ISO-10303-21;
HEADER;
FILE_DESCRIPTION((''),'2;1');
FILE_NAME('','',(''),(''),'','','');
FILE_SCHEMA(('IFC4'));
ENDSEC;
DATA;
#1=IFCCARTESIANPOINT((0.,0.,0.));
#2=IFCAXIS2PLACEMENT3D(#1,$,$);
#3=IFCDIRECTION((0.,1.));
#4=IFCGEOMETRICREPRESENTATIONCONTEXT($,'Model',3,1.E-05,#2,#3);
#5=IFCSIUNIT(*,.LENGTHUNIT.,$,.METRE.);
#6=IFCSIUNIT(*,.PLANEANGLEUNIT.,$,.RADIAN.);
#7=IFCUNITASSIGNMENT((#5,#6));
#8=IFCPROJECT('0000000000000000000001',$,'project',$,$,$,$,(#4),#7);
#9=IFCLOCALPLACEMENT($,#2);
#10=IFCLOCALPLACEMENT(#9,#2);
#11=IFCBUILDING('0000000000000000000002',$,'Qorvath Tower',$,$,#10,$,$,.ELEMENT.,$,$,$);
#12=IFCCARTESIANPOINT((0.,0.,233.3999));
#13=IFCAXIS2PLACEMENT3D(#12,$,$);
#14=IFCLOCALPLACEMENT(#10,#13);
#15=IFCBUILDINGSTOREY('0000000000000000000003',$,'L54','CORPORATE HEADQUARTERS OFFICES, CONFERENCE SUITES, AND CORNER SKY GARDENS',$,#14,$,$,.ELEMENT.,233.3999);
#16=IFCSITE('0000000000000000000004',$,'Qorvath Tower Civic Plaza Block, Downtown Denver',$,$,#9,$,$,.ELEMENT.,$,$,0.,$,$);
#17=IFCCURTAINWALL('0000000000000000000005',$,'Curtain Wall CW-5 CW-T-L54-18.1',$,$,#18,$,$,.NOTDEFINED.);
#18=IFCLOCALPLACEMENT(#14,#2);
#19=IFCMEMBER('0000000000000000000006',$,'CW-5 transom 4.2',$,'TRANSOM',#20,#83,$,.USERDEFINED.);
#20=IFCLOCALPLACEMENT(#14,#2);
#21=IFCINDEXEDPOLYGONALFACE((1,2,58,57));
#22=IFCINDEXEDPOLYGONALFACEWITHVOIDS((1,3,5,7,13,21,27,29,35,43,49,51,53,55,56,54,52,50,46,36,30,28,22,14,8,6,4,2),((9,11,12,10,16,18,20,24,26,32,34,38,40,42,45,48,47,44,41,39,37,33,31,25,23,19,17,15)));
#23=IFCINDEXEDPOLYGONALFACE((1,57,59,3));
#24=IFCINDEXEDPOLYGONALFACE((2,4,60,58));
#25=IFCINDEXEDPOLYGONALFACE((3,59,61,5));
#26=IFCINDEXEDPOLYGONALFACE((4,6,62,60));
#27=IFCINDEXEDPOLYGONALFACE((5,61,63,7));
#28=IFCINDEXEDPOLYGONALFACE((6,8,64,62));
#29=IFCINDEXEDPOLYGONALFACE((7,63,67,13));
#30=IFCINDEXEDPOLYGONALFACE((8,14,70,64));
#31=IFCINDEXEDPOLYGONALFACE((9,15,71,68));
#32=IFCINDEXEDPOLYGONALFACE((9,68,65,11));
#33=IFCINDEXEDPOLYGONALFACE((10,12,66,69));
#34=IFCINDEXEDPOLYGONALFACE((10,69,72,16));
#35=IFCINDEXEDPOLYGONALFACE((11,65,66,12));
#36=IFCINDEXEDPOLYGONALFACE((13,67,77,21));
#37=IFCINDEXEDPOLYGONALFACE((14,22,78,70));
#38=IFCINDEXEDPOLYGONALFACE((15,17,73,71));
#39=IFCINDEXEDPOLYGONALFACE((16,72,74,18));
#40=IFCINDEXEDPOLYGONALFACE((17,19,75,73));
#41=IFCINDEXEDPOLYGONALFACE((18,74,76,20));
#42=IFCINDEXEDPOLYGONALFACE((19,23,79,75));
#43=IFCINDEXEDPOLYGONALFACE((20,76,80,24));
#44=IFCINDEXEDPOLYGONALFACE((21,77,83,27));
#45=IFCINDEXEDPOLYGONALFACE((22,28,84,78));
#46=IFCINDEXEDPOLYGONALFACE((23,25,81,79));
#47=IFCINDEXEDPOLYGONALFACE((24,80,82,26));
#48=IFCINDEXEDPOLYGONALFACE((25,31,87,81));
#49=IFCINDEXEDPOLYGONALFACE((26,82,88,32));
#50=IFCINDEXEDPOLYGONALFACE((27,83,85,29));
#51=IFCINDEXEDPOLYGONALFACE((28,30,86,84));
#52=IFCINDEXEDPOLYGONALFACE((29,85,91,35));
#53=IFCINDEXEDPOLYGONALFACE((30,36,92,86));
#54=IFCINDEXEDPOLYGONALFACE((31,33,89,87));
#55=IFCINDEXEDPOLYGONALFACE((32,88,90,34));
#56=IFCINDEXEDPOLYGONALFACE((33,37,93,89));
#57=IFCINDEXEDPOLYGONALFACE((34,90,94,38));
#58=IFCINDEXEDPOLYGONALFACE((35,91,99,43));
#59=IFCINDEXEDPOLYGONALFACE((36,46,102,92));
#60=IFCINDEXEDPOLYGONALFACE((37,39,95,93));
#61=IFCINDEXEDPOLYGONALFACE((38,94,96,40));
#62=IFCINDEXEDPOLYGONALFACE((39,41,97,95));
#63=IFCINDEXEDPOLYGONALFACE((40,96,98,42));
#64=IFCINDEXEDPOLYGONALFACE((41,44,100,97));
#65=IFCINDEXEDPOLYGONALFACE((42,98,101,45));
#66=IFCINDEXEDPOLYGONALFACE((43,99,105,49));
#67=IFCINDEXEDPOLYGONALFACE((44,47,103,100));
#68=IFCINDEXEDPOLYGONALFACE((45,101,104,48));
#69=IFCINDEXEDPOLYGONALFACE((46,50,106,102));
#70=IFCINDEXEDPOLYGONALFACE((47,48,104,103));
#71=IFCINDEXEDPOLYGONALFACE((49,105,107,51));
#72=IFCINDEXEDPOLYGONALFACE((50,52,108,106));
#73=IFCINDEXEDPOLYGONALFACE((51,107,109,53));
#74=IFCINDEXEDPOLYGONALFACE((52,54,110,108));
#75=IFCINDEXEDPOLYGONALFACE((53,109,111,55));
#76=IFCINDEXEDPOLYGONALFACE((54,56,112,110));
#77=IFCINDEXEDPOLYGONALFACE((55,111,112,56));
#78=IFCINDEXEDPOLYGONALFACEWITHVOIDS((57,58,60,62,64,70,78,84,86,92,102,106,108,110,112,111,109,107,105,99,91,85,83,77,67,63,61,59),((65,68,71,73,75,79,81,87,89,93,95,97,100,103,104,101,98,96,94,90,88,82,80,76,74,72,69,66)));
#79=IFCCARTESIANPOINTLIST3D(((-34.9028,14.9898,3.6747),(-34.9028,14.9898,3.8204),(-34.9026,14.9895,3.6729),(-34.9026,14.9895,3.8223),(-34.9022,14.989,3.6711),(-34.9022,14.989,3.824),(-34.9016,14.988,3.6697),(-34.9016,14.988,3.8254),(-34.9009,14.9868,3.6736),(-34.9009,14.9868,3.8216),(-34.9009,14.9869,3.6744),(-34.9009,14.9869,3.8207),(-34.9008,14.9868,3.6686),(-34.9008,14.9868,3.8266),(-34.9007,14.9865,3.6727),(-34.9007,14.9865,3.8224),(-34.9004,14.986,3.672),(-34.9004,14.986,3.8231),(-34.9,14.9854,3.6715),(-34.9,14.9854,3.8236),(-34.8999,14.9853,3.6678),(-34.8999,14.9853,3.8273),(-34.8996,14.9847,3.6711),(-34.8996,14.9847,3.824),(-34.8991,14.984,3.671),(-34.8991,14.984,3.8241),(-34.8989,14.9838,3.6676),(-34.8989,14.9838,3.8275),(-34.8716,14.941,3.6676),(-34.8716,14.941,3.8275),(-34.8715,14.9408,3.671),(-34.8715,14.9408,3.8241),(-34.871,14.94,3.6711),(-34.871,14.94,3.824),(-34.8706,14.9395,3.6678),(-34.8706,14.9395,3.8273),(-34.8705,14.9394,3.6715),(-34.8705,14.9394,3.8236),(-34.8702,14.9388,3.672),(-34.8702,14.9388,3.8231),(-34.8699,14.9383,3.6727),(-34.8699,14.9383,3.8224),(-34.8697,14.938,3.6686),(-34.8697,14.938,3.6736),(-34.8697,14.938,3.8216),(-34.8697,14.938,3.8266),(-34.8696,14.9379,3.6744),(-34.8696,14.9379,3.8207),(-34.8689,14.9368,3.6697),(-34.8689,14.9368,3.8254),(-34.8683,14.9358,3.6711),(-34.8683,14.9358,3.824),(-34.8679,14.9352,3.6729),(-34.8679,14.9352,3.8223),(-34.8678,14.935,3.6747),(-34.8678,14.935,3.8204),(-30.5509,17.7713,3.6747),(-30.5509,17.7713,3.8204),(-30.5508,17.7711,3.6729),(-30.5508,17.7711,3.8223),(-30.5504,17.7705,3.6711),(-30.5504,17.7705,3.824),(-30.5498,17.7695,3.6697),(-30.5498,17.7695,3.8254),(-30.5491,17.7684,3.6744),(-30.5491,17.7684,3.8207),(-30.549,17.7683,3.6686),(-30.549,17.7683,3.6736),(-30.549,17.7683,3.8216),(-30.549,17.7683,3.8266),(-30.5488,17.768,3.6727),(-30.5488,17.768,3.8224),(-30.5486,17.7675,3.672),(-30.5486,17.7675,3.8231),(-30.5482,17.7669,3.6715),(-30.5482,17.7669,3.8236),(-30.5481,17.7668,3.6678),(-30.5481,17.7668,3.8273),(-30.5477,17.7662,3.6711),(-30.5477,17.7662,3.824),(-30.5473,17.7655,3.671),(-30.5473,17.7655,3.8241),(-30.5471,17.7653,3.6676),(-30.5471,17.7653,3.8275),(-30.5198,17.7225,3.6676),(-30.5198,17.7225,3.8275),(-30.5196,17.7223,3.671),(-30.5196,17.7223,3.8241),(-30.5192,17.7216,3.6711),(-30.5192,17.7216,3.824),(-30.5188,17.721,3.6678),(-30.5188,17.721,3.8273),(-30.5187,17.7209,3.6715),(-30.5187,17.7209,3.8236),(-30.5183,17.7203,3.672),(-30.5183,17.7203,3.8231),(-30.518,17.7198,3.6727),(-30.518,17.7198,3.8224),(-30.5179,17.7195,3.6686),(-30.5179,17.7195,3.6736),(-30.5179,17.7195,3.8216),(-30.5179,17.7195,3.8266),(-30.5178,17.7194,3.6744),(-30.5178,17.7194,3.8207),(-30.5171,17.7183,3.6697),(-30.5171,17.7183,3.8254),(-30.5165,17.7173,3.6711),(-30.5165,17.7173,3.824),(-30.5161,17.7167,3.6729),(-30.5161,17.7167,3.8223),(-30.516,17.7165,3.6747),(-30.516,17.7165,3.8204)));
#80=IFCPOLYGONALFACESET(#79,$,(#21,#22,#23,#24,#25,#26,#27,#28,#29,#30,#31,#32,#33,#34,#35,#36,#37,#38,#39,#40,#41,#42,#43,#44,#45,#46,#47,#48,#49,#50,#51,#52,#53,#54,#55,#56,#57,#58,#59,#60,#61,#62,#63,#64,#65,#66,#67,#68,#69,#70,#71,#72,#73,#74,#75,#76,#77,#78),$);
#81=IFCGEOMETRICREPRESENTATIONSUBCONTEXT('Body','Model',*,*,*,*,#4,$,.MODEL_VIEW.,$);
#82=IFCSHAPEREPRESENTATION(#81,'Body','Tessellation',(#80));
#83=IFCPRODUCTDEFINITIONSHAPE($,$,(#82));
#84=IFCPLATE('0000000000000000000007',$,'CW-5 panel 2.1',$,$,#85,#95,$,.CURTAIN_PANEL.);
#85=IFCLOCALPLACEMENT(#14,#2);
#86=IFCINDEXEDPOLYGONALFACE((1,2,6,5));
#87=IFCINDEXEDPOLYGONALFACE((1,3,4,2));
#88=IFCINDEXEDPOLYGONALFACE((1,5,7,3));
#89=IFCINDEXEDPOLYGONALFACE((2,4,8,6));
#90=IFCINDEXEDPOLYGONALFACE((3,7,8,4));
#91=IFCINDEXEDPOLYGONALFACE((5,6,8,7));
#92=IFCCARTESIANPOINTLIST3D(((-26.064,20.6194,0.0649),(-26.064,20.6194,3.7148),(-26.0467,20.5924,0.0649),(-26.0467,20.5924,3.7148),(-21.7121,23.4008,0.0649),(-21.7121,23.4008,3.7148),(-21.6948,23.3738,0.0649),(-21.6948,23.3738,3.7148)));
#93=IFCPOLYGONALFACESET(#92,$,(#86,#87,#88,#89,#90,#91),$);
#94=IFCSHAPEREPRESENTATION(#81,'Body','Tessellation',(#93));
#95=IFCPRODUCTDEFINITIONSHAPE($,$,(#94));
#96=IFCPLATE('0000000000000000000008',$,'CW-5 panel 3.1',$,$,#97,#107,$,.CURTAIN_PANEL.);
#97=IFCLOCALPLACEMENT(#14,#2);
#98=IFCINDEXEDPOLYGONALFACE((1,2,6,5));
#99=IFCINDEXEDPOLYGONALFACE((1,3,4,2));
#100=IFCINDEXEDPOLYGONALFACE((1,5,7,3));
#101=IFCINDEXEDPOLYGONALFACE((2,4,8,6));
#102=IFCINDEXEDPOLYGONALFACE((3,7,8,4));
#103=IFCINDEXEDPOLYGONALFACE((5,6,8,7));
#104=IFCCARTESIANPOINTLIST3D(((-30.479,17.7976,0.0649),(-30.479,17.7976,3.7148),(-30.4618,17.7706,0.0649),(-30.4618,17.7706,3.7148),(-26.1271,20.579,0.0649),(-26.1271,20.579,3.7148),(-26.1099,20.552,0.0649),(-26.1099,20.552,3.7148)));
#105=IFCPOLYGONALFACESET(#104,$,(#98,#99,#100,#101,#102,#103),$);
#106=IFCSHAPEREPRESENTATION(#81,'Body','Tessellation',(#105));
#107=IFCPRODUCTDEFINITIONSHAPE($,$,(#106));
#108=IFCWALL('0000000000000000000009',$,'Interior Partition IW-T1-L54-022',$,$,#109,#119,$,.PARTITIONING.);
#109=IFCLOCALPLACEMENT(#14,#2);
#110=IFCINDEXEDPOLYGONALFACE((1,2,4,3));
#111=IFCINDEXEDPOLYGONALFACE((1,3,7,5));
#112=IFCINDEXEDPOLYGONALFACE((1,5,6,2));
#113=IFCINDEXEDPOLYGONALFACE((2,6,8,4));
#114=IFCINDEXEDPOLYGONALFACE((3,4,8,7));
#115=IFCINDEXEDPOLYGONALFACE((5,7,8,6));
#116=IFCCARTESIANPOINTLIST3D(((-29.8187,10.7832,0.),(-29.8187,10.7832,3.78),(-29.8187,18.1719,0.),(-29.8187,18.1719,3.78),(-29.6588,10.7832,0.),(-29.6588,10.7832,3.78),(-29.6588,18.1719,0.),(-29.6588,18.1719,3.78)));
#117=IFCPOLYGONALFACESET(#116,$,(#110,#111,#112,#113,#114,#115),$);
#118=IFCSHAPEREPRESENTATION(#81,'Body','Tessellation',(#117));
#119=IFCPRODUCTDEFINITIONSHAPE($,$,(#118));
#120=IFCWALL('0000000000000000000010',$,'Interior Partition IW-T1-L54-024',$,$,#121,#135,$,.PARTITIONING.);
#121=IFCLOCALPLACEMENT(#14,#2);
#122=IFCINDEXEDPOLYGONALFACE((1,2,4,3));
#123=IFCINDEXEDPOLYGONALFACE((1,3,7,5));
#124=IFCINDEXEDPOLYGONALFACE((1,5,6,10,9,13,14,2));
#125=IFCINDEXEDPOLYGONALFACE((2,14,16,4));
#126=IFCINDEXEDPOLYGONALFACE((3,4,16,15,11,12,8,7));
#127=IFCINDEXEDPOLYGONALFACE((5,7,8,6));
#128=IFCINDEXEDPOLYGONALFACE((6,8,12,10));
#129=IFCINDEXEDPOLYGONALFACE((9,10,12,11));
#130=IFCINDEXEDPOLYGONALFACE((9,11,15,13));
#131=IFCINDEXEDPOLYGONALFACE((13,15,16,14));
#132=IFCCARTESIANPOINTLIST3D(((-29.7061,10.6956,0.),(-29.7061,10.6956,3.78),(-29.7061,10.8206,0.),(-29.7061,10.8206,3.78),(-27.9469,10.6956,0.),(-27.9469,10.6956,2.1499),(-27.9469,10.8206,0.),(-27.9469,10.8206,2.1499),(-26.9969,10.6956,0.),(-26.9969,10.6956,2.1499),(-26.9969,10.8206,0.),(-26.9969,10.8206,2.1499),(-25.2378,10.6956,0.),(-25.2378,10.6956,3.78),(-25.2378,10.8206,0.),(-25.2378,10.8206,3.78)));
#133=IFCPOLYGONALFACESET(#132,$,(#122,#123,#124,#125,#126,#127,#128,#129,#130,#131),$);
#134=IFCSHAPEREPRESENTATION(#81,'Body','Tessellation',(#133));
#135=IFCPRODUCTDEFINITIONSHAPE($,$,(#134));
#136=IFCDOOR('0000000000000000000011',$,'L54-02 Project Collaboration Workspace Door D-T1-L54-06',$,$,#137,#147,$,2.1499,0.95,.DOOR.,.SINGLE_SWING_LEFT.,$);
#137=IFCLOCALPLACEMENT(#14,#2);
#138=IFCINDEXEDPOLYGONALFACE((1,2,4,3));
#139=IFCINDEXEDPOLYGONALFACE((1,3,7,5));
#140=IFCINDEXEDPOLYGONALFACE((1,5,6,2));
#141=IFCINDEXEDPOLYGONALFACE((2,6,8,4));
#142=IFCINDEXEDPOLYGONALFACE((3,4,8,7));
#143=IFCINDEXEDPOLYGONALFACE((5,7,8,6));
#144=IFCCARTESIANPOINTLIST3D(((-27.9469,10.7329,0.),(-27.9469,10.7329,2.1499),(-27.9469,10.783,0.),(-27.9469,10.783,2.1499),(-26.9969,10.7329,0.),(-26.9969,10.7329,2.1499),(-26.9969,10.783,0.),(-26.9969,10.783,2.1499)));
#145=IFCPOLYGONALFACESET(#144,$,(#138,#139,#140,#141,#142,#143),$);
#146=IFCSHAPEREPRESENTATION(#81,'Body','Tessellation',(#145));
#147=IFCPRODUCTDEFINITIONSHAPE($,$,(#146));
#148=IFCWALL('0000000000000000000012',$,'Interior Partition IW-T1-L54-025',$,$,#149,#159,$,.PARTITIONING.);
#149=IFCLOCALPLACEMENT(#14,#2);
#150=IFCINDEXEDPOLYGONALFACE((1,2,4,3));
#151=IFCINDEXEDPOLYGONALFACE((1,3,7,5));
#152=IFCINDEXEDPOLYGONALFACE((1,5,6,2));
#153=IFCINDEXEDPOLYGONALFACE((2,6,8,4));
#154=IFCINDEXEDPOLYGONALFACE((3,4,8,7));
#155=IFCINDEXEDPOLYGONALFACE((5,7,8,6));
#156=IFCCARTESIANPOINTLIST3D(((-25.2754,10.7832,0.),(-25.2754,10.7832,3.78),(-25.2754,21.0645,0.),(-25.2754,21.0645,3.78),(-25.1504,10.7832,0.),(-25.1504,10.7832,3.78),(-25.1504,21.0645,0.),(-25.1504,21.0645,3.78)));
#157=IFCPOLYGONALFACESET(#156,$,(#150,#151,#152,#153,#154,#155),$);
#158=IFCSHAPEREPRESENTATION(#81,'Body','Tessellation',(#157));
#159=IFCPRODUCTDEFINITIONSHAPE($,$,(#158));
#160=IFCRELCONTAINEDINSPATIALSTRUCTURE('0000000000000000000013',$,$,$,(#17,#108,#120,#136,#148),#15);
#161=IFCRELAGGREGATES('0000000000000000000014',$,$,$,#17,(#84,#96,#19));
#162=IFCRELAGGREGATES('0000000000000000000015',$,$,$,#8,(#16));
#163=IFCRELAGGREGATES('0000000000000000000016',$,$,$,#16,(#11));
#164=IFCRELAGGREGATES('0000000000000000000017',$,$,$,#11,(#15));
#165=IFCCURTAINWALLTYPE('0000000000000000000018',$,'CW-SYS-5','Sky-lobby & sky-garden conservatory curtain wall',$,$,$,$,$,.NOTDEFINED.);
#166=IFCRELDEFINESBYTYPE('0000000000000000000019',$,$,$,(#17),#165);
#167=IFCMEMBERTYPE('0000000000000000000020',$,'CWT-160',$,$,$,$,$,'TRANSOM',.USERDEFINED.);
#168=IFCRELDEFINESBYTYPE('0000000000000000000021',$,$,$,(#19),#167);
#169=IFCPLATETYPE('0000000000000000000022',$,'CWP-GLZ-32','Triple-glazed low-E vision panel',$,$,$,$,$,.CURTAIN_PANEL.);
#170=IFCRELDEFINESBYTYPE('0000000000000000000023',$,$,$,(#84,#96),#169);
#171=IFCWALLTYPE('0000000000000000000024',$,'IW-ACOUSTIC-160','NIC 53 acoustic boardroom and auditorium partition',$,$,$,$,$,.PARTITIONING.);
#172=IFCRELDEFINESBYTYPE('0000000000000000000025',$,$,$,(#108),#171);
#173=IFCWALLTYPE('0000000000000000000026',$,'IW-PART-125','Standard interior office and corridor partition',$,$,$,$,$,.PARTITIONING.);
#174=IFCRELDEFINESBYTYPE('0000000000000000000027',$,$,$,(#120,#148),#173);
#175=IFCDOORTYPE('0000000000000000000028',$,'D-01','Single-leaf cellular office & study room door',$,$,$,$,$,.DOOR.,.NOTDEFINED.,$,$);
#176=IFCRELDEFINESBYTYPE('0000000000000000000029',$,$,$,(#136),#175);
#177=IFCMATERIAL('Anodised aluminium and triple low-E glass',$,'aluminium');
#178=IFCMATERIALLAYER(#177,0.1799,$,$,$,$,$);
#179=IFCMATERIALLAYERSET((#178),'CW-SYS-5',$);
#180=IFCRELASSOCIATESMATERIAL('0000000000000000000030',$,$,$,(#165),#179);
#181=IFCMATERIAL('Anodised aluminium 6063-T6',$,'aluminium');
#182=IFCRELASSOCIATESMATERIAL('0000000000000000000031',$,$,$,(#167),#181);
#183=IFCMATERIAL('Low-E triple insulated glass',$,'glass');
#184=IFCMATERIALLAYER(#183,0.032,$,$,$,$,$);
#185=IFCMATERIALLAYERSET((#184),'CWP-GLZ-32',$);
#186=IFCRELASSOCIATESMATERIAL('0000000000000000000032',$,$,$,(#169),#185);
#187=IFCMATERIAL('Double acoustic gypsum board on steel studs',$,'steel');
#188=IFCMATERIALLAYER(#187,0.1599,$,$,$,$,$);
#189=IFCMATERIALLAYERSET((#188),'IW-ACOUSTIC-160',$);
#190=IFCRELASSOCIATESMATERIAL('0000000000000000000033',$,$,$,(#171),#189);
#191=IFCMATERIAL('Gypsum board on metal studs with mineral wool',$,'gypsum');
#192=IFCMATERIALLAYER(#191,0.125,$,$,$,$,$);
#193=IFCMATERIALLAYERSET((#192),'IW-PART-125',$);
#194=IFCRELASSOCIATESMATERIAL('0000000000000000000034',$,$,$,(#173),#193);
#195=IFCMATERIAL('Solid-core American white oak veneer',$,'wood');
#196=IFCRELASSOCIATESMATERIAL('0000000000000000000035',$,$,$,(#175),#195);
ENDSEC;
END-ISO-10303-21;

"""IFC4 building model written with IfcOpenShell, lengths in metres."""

from ifc_helpers import new_model, si_unit, direction, frame, frame_2d, origin, origin_2d, place, context, subcontext, project, spatial, rectangle, hollow_rectangle, extrude, material, layer, layer_set, material_profile, profile_set, type_object, element, fill, aggregate, save


model = new_model("IFC4")

# Units and contexts
model_context = context("Model", 3, precision=1e-05, world=origin(), true_north=direction((0.0, 1.0)))
body_context = subcontext(model_context, "Body", "Model", "MODEL_VIEW")
ifc_project = project(units=[si_unit("LENGTHUNIT", "METRE"), si_unit("PLANEANGLEUNIT", "RADIAN")], contexts=[model_context])

# Site, building, storey
site_placement = place(None, origin())
site = spatial("IfcSite", under=ifc_project, at=site_placement, Name="Qorvath Tower Civic Plaza Block, Downtown Denver", CompositionType="ELEMENT", RefElevation=0.0)
building_placement = place(site_placement, origin())
building = spatial("IfcBuilding", under=site, at=building_placement, Name="Qorvath Tower", CompositionType="ELEMENT")
storey_placement = place(building_placement, frame((0.0, 0.0, 233.3999)))
storey = spatial("IfcBuildingStorey", under=building, at=storey_placement, Name="L54", Description="CORPORATE HEADQUARTERS OFFICES, CONFERENCE SUITES, AND CORNER SKY GARDENS", CompositionType="ELEMENT", Elevation=233.3999)

# Curtain wall, member, plates
ifc_material_1 = material(Name="Anodised aluminium and triple low-E glass", Category="aluminium")
ifc_layer_1 = layer(ifc_material_1, 0.1799)
ifc_layer_set_1 = layer_set([ifc_layer_1], Name="CW-SYS-5")
curtain_wall_type = type_object("IfcCurtainWallType", Name="CW-SYS-5", Description="Sky-lobby & sky-garden conservatory curtain wall", PredefinedType="NOTDEFINED", material=ifc_layer_set_1)
curtain_wall_placement = place(storey_placement, origin())
curtain_wall = element("IfcCurtainWall", 1, at=curtain_wall_placement, inside=storey, type_object=curtain_wall_type, Name="Curtain Wall CW-5 CW-T-L54-18.1", PredefinedType="NOTDEFINED")
ifc_material_2 = material(Name="Anodised aluminium 6063-T6", Category="aluminium")
ifc_material_profile_1 = material_profile(ifc_material_2, hollow_rectangle(XDim=0.0649, YDim=0.1599, WallThickness=0.0034, InnerFilletRadius=0.0034, OuterFilletRadius=0.0071, at=origin_2d()), Name="CWT 160x65")
ifc_profile_set_1 = profile_set([ifc_material_profile_1], Name="Anodised aluminium 6063-T6")
member_type_1 = type_object("IfcMemberType", Name="CWT-160", ElementType="TRANSOM", PredefinedType="USERDEFINED", material=ifc_profile_set_1)
member_1_placement = place(storey_placement, frame((-30.5334, 17.7439, 3.7476), z_axis=(-0.842593, -0.538551, 0.0), x_axis=(0.538551, -0.842593, 0.0)))
member_1 = element("IfcMember", 2, at=member_1_placement, type_object=member_type_1, Name="CW-5 transom 4.2", ObjectType="TRANSOM", PredefinedType="USERDEFINED", context=body_context, shape_type="SweptSolid", body=[
    extrude(hollow_rectangle(XDim=0.0649, YDim=0.1599, WallThickness=0.0034, InnerFilletRadius=0.0034, OuterFilletRadius=0.0071, at=origin_2d()), origin(), (0.0, 0.0, 1.0), 5.1648),
])
ifc_material_3 = material(Name="Low-E triple insulated glass", Category="glass")
ifc_layer_2 = layer(ifc_material_3, 0.032)
ifc_layer_set_2 = layer_set([ifc_layer_2], Name="CWP-GLZ-32")
plate_type = type_object("IfcPlateType", Name="CWP-GLZ-32", Description="Triple-glazed low-E vision panel", PredefinedType="CURTAIN_PANEL", material=ifc_layer_set_2)
plate_1_placement = place(storey_placement, frame((-23.8794, 21.9966, 0.0649), z_axis=(0.0, 0.0, 1.0), x_axis=(-0.842607, -0.538528, 0.0)))
plate_1 = element("IfcPlate", 3, at=plate_1_placement, type_object=plate_type, Name="CW-5 panel 2.1", PredefinedType="CURTAIN_PANEL", context=body_context, shape_type="SweptSolid", body=[
    extrude(rectangle(XDim=5.1648, YDim=0.032, at=origin_2d()), origin(), (0.0, 0.0, 1.0), 3.6499),
])
plate_2_placement = place(storey_placement, frame((-28.2944, 19.1748, 0.0649), z_axis=(0.0, 0.0, 1.0), x_axis=(-0.842607, -0.538528, 0.0)))
plate_2 = element("IfcPlate", 4, at=plate_2_placement, type_object=plate_type, Name="CW-5 panel 3.1", PredefinedType="CURTAIN_PANEL", context=body_context, shape_type="SweptSolid", body=[
    extrude(rectangle(XDim=5.1648, YDim=0.032, at=origin_2d()), origin(), (0.0, 0.0, 1.0), 3.6499),
])
aggregate(curtain_wall, [plate_1, plate_2, member_1])

# Wall
ifc_material_4 = material(Name="Double acoustic gypsum board on steel studs", Category="steel")
ifc_layer_3 = layer(ifc_material_4, 0.1599)
ifc_layer_set_3 = layer_set([ifc_layer_3], Name="IW-ACOUSTIC-160")
wall_type_1 = type_object("IfcWallType", Name="IW-ACOUSTIC-160", Description="NIC 53 acoustic boardroom and auditorium partition", PredefinedType="PARTITIONING", material=ifc_layer_set_3)
wall_1_placement = place(storey_placement, frame((-29.7388, 10.7832, 0.0), z_axis=(0.0, 0.0, 1.0), x_axis=(0.0, 1.0, 0.0)))
element("IfcWall", 5, at=wall_1_placement, inside=storey, type_object=wall_type_1, Name="Interior Partition IW-T1-L54-022", PredefinedType="PARTITIONING", context=body_context, shape_type="SweptSolid", body=[
    extrude(rectangle(XDim=7.3887, YDim=0.1599, at=frame_2d((3.6943, 0.0))), origin(), (0.0, 0.0, 1.0), 3.78),
])

# Wall, opening, door
ifc_material_5 = material(Name="Gypsum board on metal studs with mineral wool", Category="gypsum")
ifc_layer_4 = layer(ifc_material_5, 0.125)
ifc_layer_set_4 = layer_set([ifc_layer_4], Name="IW-PART-125")
wall_type_2 = type_object("IfcWallType", Name="IW-PART-125", Description="Standard interior office and corridor partition", PredefinedType="PARTITIONING", material=ifc_layer_set_4)
wall_2_placement = place(storey_placement, frame((-29.7061, 10.7581, 0.0), z_axis=(0.0, 0.0, 1.0), x_axis=(1.0, 0.0, 0.0)))
wall_2 = element("IfcWall", 6, at=wall_2_placement, inside=storey, type_object=wall_type_2, Name="Interior Partition IW-T1-L54-024", PredefinedType="PARTITIONING", context=body_context, shape_type="SweptSolid", body=[
    extrude(rectangle(XDim=4.4683, YDim=0.125, at=frame_2d((2.2341, 0.0))), origin(), (0.0, 0.0, 1.0), 3.78),
])
opening_1_placement = place(wall_2_placement, frame((1.759, 0.0, 0.0)))
opening_1 = element("IfcOpeningElement", 7, at=opening_1_placement, cuts=wall_2, PredefinedType="OPENING", context=body_context, shape_type="SweptSolid", body=[
    extrude(rectangle(XDim=0.95, YDim=2.1499, at=frame_2d((0.4751, 1.075))), frame((0.0, 0.0725, 0.0), z_axis=(0.0, -1.0, 0.0), x_axis=(1.0, 0.0, 0.0)), (0.0, 0.0, 1.0), 0.145),
])
ifc_material_6 = material(Name="Solid-core American white oak veneer", Category="wood")
door_type = type_object("IfcDoorType", Name="D-01", Description="Single-leaf cellular office & study room door", OperationType="NOTDEFINED", PredefinedType="DOOR", material=ifc_material_6)
door_1_placement = place(opening_1_placement, origin())
door_1 = element("IfcDoor", 8, at=door_1_placement, inside=storey, type_object=door_type, Name="L54-02 Project Collaboration Workspace Door D-T1-L54-06", OperationType="SINGLE_SWING_LEFT", OverallHeight=2.1499, OverallWidth=0.95, PredefinedType="DOOR", context=body_context, shape_type="SweptSolid", body=[
    extrude(rectangle(XDim=0.95, YDim=2.1499, at=frame_2d((0.4751, 1.075))), frame((0.0, 0.0249, 0.0), z_axis=(0.0, -1.0, 0.0), x_axis=(1.0, 0.0, 0.0)), (0.0, 0.0, 1.0), 0.05),
])
fill(opening_1, door_1)

# Wall
wall_3_placement = place(storey_placement, frame((-25.2129, 10.7832, 0.0), z_axis=(0.0, 0.0, 1.0), x_axis=(0.0, 1.0, 0.0)))
element("IfcWall", 9, at=wall_3_placement, inside=storey, type_object=wall_type_2, Name="Interior Partition IW-T1-L54-025", PredefinedType="PARTITIONING", context=body_context, shape_type="SweptSolid", body=[
    extrude(rectangle(XDim=10.2812, YDim=0.125, at=frame_2d((5.1406, 0.0))), origin(), (0.0, 0.0, 1.0), 3.78),
])

save(model, "model.ifc")
